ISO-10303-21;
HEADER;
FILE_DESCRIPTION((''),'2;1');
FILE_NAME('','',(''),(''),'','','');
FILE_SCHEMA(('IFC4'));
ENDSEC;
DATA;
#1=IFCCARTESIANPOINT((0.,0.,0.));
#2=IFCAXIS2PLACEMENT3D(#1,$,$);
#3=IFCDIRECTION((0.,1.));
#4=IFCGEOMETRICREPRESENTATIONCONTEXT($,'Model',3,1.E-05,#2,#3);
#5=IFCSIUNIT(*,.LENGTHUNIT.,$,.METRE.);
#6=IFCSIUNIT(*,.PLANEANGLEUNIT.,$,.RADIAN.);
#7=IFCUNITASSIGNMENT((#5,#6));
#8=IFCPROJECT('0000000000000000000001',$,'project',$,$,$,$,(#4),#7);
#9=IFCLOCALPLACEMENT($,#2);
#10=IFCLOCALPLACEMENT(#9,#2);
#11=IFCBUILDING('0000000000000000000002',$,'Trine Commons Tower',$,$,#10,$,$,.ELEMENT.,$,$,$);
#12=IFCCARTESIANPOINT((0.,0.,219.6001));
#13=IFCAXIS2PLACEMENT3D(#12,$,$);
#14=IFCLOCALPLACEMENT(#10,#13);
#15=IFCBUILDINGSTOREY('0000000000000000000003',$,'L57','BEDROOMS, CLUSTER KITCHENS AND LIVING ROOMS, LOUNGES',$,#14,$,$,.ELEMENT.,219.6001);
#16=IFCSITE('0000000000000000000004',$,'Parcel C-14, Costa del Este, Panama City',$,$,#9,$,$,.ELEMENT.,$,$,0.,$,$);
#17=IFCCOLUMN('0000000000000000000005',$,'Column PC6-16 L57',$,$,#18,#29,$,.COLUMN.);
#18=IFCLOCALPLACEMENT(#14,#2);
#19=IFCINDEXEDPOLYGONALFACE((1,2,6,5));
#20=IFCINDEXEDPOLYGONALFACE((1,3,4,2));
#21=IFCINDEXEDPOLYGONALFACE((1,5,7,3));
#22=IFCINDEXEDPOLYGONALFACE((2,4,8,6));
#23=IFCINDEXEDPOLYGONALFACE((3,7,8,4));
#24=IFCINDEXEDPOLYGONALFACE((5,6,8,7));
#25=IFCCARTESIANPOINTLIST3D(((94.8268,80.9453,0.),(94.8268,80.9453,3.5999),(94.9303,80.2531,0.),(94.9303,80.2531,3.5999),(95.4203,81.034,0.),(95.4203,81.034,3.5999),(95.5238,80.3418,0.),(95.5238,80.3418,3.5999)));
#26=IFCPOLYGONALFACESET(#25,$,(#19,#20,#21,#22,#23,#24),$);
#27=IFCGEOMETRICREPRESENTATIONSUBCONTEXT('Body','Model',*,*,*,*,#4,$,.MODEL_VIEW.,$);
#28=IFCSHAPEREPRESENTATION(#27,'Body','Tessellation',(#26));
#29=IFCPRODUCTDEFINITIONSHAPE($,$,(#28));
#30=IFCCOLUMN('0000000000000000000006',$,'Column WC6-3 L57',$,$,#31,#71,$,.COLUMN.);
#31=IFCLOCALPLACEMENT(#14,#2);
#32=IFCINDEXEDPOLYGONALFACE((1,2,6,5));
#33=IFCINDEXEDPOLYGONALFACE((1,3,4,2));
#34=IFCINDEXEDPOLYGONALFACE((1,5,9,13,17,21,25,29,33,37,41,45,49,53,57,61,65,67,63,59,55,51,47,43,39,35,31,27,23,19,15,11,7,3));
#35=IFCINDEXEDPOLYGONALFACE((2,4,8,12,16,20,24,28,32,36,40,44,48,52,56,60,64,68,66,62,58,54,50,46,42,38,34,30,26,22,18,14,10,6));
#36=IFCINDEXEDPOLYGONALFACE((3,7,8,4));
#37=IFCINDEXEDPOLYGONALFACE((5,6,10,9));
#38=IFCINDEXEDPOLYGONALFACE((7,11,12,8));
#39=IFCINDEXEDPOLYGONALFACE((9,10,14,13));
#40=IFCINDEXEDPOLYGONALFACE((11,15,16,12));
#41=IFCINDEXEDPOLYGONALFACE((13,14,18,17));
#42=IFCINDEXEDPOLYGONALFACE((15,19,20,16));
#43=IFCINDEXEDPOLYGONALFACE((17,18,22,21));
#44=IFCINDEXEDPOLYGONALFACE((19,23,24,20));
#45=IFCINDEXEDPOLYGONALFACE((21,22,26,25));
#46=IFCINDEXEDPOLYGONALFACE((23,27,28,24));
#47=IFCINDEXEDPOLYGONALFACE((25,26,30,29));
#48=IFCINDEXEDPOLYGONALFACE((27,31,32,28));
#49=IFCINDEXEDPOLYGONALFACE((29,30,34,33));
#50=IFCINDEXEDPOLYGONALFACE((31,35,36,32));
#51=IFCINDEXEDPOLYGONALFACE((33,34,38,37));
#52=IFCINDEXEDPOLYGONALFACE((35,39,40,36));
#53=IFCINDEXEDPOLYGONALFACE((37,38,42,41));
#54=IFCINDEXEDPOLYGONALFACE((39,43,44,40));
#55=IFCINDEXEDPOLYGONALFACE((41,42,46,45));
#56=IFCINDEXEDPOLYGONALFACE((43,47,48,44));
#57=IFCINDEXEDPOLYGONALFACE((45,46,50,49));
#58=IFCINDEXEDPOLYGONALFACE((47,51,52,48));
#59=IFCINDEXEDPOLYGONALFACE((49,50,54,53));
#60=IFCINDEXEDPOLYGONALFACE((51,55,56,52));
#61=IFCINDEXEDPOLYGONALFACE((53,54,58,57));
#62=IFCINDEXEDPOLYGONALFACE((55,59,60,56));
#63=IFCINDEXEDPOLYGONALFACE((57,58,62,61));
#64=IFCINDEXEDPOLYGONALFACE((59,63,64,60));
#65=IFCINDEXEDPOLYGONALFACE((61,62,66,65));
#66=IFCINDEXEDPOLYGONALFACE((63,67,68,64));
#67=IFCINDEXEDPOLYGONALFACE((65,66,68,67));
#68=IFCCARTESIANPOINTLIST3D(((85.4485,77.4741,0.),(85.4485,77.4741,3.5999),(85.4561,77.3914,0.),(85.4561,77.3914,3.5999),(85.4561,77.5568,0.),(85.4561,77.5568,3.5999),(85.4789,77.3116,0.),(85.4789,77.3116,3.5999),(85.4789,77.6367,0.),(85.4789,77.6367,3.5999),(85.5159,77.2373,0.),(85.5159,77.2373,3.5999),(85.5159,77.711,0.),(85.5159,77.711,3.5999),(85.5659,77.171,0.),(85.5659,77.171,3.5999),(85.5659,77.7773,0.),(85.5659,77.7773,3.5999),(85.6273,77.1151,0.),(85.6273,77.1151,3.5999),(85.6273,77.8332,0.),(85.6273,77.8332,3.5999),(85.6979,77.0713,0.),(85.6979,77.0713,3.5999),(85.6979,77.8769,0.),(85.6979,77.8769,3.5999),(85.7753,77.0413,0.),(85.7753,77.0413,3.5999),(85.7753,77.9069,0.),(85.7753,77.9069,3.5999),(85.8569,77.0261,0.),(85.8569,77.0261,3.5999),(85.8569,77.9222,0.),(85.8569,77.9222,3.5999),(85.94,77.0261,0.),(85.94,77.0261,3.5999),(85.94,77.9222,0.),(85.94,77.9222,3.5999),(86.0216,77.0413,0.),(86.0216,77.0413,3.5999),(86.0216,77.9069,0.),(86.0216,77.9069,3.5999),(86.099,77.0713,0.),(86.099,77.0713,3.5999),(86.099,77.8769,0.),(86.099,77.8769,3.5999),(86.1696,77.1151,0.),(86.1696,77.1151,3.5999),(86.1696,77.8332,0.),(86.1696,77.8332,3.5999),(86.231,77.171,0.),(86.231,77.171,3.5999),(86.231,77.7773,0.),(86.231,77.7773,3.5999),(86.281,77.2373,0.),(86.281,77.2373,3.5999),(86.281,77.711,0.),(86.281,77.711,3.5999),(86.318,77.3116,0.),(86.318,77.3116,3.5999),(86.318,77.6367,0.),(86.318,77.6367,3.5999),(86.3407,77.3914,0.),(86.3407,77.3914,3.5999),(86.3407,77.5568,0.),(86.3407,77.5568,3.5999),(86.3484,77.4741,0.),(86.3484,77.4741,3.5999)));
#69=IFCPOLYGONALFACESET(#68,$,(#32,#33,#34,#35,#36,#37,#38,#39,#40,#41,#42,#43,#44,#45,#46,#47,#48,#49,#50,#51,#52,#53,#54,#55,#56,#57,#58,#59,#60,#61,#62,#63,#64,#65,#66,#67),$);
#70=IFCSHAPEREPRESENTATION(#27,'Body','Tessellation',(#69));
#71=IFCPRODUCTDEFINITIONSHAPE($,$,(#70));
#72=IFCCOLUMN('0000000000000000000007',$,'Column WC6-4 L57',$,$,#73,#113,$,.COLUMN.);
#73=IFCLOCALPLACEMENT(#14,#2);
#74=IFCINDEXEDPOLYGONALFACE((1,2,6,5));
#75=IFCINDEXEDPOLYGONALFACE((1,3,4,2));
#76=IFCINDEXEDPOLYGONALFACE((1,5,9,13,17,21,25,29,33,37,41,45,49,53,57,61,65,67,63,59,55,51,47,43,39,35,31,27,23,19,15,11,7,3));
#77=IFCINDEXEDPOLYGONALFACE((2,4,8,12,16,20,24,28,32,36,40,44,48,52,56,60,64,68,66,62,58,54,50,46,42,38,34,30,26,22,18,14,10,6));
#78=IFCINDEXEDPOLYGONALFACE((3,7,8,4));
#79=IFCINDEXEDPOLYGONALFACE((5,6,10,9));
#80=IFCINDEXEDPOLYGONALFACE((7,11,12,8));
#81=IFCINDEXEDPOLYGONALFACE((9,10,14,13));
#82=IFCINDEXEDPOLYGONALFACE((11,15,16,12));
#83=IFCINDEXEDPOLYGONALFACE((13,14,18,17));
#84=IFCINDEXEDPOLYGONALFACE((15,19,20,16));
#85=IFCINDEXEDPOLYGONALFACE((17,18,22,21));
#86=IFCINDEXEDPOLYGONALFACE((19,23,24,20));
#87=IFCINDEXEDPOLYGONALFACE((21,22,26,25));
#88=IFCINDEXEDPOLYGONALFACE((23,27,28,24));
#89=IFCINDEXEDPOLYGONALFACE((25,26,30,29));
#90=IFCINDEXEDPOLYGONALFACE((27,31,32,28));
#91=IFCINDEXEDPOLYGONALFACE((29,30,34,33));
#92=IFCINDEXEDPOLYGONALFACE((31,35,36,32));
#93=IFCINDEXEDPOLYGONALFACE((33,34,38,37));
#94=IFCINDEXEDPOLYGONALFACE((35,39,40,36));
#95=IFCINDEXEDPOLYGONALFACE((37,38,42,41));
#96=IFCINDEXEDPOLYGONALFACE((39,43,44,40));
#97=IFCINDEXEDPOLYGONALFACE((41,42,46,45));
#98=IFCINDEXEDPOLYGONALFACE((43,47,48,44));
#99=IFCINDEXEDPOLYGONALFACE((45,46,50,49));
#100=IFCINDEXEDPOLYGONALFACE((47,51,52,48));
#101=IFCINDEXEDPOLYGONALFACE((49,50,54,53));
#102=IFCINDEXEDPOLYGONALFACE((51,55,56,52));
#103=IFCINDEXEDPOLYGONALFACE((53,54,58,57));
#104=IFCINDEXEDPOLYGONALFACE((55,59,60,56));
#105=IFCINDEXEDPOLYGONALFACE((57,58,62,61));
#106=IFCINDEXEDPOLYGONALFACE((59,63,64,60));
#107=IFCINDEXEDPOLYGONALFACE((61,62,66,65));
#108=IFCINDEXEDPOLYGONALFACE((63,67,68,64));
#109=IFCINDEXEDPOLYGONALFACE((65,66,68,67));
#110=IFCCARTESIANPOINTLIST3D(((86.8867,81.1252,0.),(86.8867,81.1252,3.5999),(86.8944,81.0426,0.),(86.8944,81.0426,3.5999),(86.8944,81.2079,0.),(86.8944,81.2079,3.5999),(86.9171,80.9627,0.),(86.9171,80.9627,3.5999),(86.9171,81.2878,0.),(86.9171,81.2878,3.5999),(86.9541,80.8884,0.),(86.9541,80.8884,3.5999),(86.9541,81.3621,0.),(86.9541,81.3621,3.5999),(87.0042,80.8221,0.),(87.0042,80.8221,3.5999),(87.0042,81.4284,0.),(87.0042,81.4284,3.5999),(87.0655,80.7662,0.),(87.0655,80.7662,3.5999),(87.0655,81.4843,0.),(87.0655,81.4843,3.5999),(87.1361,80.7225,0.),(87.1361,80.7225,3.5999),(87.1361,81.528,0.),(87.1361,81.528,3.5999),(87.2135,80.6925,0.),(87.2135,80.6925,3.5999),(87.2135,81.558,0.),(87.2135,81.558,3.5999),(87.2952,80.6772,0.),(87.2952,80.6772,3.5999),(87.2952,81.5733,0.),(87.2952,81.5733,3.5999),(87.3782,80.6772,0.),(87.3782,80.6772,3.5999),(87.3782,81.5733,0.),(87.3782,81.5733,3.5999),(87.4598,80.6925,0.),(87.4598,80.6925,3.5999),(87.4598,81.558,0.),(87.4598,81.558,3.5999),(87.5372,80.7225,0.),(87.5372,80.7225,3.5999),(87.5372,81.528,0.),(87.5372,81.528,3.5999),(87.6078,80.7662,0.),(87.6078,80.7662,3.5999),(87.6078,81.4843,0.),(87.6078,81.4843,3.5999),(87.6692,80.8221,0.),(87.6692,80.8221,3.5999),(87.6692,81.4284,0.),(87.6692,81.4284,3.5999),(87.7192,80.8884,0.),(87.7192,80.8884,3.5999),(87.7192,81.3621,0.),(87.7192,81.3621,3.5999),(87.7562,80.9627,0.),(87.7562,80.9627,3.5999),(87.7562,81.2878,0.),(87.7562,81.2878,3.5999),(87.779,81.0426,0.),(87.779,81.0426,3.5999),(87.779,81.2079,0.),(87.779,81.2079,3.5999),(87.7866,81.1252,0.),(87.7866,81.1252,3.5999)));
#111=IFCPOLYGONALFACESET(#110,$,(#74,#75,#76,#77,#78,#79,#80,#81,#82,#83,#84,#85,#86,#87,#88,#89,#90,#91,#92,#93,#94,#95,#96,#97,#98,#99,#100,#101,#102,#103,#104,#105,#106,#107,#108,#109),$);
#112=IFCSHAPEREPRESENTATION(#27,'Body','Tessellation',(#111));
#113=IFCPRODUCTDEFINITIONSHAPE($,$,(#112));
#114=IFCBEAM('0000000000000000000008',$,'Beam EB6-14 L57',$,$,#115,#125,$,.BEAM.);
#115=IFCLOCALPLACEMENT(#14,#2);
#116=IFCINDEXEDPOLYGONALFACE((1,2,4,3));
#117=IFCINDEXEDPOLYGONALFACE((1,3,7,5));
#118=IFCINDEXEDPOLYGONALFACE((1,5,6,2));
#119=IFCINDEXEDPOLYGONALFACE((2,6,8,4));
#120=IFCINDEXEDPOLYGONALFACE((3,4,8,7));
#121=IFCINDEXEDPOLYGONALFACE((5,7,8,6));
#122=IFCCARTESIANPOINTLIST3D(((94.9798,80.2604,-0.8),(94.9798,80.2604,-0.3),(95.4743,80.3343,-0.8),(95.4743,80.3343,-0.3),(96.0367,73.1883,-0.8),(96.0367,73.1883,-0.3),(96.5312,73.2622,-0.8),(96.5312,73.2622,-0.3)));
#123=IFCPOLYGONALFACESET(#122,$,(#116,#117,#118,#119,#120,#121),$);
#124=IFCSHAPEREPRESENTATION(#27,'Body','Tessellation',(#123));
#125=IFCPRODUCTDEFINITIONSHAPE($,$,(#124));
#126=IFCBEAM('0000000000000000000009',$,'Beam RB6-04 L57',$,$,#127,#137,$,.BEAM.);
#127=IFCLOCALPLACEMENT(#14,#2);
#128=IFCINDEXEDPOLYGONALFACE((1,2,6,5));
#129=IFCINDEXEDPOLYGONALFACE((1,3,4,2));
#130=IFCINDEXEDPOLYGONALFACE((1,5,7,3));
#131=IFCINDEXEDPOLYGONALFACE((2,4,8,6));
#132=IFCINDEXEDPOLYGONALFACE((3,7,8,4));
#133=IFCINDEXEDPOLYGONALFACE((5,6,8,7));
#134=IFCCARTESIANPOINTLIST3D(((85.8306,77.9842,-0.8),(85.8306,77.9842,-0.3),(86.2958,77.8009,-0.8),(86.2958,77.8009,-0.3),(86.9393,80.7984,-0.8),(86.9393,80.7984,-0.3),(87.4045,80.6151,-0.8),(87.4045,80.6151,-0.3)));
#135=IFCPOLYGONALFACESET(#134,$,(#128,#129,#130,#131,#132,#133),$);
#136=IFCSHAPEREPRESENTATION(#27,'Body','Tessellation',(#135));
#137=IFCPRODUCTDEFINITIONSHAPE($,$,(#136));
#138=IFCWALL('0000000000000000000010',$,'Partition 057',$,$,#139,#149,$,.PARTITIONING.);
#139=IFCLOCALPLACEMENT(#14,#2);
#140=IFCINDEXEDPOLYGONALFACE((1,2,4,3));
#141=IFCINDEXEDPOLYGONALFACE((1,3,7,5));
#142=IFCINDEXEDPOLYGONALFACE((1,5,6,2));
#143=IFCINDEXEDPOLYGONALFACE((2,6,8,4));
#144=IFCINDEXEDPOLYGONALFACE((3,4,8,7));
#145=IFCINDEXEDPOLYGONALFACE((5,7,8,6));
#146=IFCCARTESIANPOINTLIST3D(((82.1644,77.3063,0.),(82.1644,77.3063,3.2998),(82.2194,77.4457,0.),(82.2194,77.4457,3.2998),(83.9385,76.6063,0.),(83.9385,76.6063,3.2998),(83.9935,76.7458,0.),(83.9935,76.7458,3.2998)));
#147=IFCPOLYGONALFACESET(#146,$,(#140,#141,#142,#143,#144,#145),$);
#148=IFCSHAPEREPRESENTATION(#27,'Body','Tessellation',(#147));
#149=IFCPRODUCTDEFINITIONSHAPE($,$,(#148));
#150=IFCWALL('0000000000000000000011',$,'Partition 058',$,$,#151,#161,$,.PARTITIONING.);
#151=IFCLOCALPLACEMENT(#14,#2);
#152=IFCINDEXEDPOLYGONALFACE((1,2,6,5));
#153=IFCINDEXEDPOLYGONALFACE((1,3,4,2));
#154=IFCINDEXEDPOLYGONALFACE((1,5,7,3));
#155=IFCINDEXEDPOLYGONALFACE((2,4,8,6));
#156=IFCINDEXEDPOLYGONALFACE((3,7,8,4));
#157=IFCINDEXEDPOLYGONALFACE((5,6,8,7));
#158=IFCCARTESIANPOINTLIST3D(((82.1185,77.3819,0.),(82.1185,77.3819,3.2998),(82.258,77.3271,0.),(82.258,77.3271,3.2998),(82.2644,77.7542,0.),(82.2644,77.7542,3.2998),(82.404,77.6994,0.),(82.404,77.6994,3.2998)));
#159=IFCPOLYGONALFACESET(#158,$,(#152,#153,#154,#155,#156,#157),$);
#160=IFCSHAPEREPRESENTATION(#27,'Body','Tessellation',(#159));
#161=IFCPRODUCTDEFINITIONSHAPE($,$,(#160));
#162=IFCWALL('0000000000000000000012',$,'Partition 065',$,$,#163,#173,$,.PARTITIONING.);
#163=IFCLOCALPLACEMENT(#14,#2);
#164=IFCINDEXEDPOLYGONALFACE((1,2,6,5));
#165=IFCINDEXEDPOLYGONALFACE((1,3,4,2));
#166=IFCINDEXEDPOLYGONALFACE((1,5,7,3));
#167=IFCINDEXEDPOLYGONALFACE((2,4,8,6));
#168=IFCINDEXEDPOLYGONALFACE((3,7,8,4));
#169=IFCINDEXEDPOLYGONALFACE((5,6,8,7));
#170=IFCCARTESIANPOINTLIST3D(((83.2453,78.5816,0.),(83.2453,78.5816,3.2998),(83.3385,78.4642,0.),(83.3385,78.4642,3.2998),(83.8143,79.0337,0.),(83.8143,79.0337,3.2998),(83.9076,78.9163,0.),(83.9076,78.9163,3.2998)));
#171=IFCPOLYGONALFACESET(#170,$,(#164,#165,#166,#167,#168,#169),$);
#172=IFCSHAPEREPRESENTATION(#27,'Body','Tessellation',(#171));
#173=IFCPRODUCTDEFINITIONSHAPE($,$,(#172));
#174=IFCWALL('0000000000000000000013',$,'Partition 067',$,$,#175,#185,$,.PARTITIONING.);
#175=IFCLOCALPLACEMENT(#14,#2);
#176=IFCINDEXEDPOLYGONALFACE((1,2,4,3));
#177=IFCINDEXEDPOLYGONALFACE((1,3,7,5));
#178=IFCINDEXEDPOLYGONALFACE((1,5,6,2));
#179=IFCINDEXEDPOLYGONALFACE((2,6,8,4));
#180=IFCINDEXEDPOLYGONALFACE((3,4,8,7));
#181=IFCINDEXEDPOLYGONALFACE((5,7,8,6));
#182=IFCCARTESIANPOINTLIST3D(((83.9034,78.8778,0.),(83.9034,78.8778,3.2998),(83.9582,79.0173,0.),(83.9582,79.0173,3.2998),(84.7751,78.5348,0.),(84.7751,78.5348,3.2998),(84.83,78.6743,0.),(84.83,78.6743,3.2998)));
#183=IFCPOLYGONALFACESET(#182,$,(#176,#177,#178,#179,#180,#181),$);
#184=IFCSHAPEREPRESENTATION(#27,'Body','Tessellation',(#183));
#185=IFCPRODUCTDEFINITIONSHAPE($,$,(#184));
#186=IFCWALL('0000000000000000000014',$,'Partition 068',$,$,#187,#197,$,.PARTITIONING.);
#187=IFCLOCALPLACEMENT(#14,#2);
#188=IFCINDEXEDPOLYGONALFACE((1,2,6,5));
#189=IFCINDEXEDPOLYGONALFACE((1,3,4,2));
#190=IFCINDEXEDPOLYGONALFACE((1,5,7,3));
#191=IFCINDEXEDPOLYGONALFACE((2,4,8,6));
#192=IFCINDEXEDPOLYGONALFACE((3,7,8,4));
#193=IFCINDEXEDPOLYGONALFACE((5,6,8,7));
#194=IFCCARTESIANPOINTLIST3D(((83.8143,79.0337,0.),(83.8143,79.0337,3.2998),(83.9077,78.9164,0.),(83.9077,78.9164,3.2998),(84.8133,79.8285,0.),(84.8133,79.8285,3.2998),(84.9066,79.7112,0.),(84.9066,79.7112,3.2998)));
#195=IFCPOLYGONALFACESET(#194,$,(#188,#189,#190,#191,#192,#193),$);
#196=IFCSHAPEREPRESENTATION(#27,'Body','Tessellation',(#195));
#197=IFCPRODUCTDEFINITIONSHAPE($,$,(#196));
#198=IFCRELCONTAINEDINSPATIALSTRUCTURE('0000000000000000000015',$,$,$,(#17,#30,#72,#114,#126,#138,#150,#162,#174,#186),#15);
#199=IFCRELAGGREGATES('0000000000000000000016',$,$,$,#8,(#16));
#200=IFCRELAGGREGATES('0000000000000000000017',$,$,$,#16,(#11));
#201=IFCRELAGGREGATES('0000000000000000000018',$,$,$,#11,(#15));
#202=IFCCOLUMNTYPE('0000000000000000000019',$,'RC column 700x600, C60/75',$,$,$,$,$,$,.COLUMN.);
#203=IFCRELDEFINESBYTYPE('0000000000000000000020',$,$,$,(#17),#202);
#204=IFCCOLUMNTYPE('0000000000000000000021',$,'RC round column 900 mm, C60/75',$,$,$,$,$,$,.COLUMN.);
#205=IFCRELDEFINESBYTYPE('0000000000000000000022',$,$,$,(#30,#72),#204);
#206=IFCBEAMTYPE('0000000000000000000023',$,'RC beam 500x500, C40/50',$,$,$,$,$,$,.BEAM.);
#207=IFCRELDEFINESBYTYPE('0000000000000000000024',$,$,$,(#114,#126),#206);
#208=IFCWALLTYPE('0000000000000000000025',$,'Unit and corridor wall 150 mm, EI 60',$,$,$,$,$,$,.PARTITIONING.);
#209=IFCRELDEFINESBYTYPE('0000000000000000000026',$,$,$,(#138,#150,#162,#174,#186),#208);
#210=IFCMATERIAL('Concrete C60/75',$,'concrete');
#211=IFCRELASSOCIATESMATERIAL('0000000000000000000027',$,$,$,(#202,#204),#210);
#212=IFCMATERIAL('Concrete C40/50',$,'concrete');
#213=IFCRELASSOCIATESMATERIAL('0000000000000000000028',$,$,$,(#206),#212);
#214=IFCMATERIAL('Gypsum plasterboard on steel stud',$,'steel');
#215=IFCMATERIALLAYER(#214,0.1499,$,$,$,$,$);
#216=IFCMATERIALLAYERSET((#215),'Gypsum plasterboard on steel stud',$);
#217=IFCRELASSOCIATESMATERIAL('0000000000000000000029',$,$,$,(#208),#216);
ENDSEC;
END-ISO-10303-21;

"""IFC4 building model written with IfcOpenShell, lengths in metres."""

from ifc_helpers import new_model, si_unit, direction, frame, frame_2d, origin, origin_2d, place, context, subcontext, project, spatial, rectangle, circle, extrude, material, layer, layer_set, material_profile, profile_set, type_object, element, save


model = new_model("IFC4")

# Units and contexts
model_context = context("Model", 3, precision=1e-05, world=origin(), true_north=direction((0.0, 1.0)))
body_context = subcontext(model_context, "Body", "Model", "MODEL_VIEW")
ifc_project = project(units=[si_unit("LENGTHUNIT", "METRE"), si_unit("PLANEANGLEUNIT", "RADIAN")], contexts=[model_context])

# Site, building, storey
site_placement = place(None, origin())
site = spatial("IfcSite", under=ifc_project, at=site_placement, Name="Parcel C-14, Costa del Este, Panama City", CompositionType="ELEMENT", RefElevation=0.0)
building_placement = place(site_placement, origin())
building = spatial("IfcBuilding", under=site, at=building_placement, Name="Trine Commons Tower", CompositionType="ELEMENT")
storey_placement = place(building_placement, frame((0.0, 0.0, 219.6001)))
storey = spatial("IfcBuildingStorey", under=building, at=storey_placement, Name="L57", Description="BEDROOMS, CLUSTER KITCHENS AND LIVING ROOMS, LOUNGES", CompositionType="ELEMENT", Elevation=219.6001)

# Columns
ifc_material_1 = material(Name="Concrete C60/75", Category="concrete")
ifc_material_profile_1 = material_profile(ifc_material_1, rectangle(XDim=0.7, YDim=0.6001, at=origin_2d()), Name="RC 700x600")
ifc_profile_set_1 = profile_set([ifc_material_profile_1], Name="Concrete C60/75")
column_type_1 = type_object("IfcColumnType", Name="RC column 700x600, C60/75", PredefinedType="COLUMN", material=ifc_profile_set_1)
column_placement = place(storey_placement, frame((95.1753, 80.6436, 0.0), z_axis=(0.0, 0.0, 1.0), x_axis=(-0.147809, 0.989016, 0.0)))
element("IfcColumn", 1, at=column_placement, inside=storey, type_object=column_type_1, Name="Column PC6-16 L57", PredefinedType="COLUMN", context=body_context, shape_type="SweptSolid", body=[
    extrude(rectangle(XDim=0.7, YDim=0.6001, at=origin_2d()), origin(), (0.0, 0.0, 1.0), 3.5999),
])
ifc_material_profile_2 = material_profile(ifc_material_1, circle(Radius=0.45, at=origin_2d()), Name="RC round 900")
ifc_profile_set_2 = profile_set([ifc_material_profile_2], Name="Concrete C60/75")
column_type_2 = type_object("IfcColumnType", Name="RC round column 900 mm, C60/75", PredefinedType="COLUMN", material=ifc_profile_set_2)
for number, where, z_axis, x_axis, name in (
    (2, (85.8984, 77.4741, 0.0), (0.0, 0.0, 1.0), (1.0, 0.0, 0.0), "Column WC6-3 L57"),
    (3, (87.3367, 81.1252, 0.0), (0.0, 0.0, 1.0), (1.0, 0.0, 0.0), "Column WC6-4 L57"),
):
    element("IfcColumn", number, at=place(storey_placement, frame(where, z_axis=z_axis, x_axis=x_axis)), inside=storey, type_object=column_type_2, Name=name, PredefinedType="COLUMN", context=body_context, shape_type="SweptSolid", body=[
        extrude(circle(Radius=0.45, at=origin_2d()), origin(), (0.0, 0.0, 1.0), 3.5999),
    ])

# Beams
ifc_material_2 = material(Name="Concrete C40/50", Category="concrete")
ifc_material_profile_3 = material_profile(ifc_material_2, rectangle(XDim=0.5, YDim=0.5, at=origin_2d()), Name="RC 500x500")
ifc_profile_set_3 = profile_set([ifc_material_profile_3], Name="Concrete C40/50")
beam_type = type_object("IfcBeamType", Name="RC beam 500x500, C40/50", PredefinedType="BEAM", material=ifc_profile_set_3)
beam_1_placement = place(storey_placement, frame((95.2271, 80.2974, -0.55), z_axis=(0.147804, -0.989017, 0.0), x_axis=(0.989017, 0.147804, 0.0)))
element("IfcBeam", 4, at=beam_1_placement, inside=storey, type_object=beam_type, Name="Beam EB6-14 L57", PredefinedType="BEAM", context=body_context, shape_type="SweptSolid", body=[
    extrude(rectangle(XDim=0.5, YDim=0.5, at=origin_2d()), origin(), (0.0, 0.0, 1.0), 7.1506),
])
beam_2_placement = place(storey_placement, frame((86.0632, 77.8926, -0.55), z_axis=(0.366529, 0.930407, 0.0), x_axis=(-0.930407, 0.366529, 0.0)))
element("IfcBeam", 5, at=beam_2_placement, inside=storey, type_object=beam_type, Name="Beam RB6-04 L57", PredefinedType="BEAM", context=body_context, shape_type="SweptSolid", body=[
    extrude(rectangle(XDim=0.5, YDim=0.5, at=origin_2d()), origin(), (0.0, 0.0, 1.0), 3.0247),
])

# Walls
ifc_material_3 = material(Name="Gypsum plasterboard on steel stud", Category="steel")
ifc_layer_1 = layer(ifc_material_3, 0.1499)
ifc_layer_set_1 = layer_set([ifc_layer_1], Name="Gypsum plasterboard on steel stud")
wall_type_1 = type_object("IfcWallType", Name="Unit and corridor wall 150 mm, EI 60", PredefinedType="PARTITIONING", material=ifc_layer_set_1)
wall_1_placement = place(storey_placement, frame((82.1919, 77.376, 0.0), z_axis=(0.0, 0.0, 1.0), x_axis=(0.930223, -0.366995, 0.0)))
element("IfcWall", 6, at=wall_1_placement, inside=storey, type_object=wall_type_1, Name="Partition 057", PredefinedType="PARTITIONING", context=body_context, shape_type="SweptSolid", body=[
    extrude(rectangle(XDim=1.9072, YDim=0.1499, at=frame_2d((0.9536, 0.0))), origin(), (0.0, 0.0, 1.0), 3.2998),
])
wall_2_placement = place(storey_placement, frame((82.1882, 77.3545, 0.0), z_axis=(0.0, 0.0, 1.0), x_axis=(0.365067, 0.930981, 0.0)))
element("IfcWall", 7, at=wall_2_placement, inside=storey, type_object=wall_type_1, Name="Partition 058", PredefinedType="PARTITIONING", context=body_context, shape_type="SweptSolid", body=[
    extrude(rectangle(XDim=0.3999, YDim=0.1499, at=frame_2d((0.2, 0.0))), origin(), (0.0, 0.0, 1.0), 3.2998),
])
wall_3_placement = place(storey_placement, frame((83.292, 78.5229, 0.0), z_axis=(0.0, 0.0, 1.0), x_axis=(0.782962, 0.62207, 0.0)))
element("IfcWall", 8, at=wall_3_placement, inside=storey, type_object=wall_type_1, Name="Partition 065", PredefinedType="PARTITIONING", context=body_context, shape_type="SweptSolid", body=[
    extrude(rectangle(XDim=0.7268, YDim=0.1499, at=frame_2d((0.3633, 0.0))), origin(), (0.0, 0.0, 1.0), 3.2998),
])
wall_4_placement = place(storey_placement, frame((83.9309, 78.9475, 0.0), z_axis=(0.0, 0.0, 1.0), x_axis=(0.930564, -0.366128, 0.0)))
element("IfcWall", 9, at=wall_4_placement, inside=storey, type_object=wall_type_1, Name="Partition 067", PredefinedType="PARTITIONING", context=body_context, shape_type="SweptSolid", body=[
    extrude(rectangle(XDim=0.9368, YDim=0.1499, at=frame_2d((0.4683, 0.0))), origin(), (0.0, 0.0, 1.0), 3.2998),
])
wall_5_placement = place(storey_placement, frame((83.8611, 78.9751, 0.0), z_axis=(0.0, 0.0, 1.0), x_axis=(0.782508, 0.622641, 0.0)))
element("IfcWall", 10, at=wall_5_placement, inside=storey, type_object=wall_type_1, Name="Partition 068", PredefinedType="PARTITIONING", context=body_context, shape_type="SweptSolid", body=[
    extrude(rectangle(XDim=1.2766, YDim=0.1499, at=frame_2d((0.6382, 0.0))), origin(), (0.0, 0.0, 1.0), 3.2998),
])

save(model, "model.ifc")
